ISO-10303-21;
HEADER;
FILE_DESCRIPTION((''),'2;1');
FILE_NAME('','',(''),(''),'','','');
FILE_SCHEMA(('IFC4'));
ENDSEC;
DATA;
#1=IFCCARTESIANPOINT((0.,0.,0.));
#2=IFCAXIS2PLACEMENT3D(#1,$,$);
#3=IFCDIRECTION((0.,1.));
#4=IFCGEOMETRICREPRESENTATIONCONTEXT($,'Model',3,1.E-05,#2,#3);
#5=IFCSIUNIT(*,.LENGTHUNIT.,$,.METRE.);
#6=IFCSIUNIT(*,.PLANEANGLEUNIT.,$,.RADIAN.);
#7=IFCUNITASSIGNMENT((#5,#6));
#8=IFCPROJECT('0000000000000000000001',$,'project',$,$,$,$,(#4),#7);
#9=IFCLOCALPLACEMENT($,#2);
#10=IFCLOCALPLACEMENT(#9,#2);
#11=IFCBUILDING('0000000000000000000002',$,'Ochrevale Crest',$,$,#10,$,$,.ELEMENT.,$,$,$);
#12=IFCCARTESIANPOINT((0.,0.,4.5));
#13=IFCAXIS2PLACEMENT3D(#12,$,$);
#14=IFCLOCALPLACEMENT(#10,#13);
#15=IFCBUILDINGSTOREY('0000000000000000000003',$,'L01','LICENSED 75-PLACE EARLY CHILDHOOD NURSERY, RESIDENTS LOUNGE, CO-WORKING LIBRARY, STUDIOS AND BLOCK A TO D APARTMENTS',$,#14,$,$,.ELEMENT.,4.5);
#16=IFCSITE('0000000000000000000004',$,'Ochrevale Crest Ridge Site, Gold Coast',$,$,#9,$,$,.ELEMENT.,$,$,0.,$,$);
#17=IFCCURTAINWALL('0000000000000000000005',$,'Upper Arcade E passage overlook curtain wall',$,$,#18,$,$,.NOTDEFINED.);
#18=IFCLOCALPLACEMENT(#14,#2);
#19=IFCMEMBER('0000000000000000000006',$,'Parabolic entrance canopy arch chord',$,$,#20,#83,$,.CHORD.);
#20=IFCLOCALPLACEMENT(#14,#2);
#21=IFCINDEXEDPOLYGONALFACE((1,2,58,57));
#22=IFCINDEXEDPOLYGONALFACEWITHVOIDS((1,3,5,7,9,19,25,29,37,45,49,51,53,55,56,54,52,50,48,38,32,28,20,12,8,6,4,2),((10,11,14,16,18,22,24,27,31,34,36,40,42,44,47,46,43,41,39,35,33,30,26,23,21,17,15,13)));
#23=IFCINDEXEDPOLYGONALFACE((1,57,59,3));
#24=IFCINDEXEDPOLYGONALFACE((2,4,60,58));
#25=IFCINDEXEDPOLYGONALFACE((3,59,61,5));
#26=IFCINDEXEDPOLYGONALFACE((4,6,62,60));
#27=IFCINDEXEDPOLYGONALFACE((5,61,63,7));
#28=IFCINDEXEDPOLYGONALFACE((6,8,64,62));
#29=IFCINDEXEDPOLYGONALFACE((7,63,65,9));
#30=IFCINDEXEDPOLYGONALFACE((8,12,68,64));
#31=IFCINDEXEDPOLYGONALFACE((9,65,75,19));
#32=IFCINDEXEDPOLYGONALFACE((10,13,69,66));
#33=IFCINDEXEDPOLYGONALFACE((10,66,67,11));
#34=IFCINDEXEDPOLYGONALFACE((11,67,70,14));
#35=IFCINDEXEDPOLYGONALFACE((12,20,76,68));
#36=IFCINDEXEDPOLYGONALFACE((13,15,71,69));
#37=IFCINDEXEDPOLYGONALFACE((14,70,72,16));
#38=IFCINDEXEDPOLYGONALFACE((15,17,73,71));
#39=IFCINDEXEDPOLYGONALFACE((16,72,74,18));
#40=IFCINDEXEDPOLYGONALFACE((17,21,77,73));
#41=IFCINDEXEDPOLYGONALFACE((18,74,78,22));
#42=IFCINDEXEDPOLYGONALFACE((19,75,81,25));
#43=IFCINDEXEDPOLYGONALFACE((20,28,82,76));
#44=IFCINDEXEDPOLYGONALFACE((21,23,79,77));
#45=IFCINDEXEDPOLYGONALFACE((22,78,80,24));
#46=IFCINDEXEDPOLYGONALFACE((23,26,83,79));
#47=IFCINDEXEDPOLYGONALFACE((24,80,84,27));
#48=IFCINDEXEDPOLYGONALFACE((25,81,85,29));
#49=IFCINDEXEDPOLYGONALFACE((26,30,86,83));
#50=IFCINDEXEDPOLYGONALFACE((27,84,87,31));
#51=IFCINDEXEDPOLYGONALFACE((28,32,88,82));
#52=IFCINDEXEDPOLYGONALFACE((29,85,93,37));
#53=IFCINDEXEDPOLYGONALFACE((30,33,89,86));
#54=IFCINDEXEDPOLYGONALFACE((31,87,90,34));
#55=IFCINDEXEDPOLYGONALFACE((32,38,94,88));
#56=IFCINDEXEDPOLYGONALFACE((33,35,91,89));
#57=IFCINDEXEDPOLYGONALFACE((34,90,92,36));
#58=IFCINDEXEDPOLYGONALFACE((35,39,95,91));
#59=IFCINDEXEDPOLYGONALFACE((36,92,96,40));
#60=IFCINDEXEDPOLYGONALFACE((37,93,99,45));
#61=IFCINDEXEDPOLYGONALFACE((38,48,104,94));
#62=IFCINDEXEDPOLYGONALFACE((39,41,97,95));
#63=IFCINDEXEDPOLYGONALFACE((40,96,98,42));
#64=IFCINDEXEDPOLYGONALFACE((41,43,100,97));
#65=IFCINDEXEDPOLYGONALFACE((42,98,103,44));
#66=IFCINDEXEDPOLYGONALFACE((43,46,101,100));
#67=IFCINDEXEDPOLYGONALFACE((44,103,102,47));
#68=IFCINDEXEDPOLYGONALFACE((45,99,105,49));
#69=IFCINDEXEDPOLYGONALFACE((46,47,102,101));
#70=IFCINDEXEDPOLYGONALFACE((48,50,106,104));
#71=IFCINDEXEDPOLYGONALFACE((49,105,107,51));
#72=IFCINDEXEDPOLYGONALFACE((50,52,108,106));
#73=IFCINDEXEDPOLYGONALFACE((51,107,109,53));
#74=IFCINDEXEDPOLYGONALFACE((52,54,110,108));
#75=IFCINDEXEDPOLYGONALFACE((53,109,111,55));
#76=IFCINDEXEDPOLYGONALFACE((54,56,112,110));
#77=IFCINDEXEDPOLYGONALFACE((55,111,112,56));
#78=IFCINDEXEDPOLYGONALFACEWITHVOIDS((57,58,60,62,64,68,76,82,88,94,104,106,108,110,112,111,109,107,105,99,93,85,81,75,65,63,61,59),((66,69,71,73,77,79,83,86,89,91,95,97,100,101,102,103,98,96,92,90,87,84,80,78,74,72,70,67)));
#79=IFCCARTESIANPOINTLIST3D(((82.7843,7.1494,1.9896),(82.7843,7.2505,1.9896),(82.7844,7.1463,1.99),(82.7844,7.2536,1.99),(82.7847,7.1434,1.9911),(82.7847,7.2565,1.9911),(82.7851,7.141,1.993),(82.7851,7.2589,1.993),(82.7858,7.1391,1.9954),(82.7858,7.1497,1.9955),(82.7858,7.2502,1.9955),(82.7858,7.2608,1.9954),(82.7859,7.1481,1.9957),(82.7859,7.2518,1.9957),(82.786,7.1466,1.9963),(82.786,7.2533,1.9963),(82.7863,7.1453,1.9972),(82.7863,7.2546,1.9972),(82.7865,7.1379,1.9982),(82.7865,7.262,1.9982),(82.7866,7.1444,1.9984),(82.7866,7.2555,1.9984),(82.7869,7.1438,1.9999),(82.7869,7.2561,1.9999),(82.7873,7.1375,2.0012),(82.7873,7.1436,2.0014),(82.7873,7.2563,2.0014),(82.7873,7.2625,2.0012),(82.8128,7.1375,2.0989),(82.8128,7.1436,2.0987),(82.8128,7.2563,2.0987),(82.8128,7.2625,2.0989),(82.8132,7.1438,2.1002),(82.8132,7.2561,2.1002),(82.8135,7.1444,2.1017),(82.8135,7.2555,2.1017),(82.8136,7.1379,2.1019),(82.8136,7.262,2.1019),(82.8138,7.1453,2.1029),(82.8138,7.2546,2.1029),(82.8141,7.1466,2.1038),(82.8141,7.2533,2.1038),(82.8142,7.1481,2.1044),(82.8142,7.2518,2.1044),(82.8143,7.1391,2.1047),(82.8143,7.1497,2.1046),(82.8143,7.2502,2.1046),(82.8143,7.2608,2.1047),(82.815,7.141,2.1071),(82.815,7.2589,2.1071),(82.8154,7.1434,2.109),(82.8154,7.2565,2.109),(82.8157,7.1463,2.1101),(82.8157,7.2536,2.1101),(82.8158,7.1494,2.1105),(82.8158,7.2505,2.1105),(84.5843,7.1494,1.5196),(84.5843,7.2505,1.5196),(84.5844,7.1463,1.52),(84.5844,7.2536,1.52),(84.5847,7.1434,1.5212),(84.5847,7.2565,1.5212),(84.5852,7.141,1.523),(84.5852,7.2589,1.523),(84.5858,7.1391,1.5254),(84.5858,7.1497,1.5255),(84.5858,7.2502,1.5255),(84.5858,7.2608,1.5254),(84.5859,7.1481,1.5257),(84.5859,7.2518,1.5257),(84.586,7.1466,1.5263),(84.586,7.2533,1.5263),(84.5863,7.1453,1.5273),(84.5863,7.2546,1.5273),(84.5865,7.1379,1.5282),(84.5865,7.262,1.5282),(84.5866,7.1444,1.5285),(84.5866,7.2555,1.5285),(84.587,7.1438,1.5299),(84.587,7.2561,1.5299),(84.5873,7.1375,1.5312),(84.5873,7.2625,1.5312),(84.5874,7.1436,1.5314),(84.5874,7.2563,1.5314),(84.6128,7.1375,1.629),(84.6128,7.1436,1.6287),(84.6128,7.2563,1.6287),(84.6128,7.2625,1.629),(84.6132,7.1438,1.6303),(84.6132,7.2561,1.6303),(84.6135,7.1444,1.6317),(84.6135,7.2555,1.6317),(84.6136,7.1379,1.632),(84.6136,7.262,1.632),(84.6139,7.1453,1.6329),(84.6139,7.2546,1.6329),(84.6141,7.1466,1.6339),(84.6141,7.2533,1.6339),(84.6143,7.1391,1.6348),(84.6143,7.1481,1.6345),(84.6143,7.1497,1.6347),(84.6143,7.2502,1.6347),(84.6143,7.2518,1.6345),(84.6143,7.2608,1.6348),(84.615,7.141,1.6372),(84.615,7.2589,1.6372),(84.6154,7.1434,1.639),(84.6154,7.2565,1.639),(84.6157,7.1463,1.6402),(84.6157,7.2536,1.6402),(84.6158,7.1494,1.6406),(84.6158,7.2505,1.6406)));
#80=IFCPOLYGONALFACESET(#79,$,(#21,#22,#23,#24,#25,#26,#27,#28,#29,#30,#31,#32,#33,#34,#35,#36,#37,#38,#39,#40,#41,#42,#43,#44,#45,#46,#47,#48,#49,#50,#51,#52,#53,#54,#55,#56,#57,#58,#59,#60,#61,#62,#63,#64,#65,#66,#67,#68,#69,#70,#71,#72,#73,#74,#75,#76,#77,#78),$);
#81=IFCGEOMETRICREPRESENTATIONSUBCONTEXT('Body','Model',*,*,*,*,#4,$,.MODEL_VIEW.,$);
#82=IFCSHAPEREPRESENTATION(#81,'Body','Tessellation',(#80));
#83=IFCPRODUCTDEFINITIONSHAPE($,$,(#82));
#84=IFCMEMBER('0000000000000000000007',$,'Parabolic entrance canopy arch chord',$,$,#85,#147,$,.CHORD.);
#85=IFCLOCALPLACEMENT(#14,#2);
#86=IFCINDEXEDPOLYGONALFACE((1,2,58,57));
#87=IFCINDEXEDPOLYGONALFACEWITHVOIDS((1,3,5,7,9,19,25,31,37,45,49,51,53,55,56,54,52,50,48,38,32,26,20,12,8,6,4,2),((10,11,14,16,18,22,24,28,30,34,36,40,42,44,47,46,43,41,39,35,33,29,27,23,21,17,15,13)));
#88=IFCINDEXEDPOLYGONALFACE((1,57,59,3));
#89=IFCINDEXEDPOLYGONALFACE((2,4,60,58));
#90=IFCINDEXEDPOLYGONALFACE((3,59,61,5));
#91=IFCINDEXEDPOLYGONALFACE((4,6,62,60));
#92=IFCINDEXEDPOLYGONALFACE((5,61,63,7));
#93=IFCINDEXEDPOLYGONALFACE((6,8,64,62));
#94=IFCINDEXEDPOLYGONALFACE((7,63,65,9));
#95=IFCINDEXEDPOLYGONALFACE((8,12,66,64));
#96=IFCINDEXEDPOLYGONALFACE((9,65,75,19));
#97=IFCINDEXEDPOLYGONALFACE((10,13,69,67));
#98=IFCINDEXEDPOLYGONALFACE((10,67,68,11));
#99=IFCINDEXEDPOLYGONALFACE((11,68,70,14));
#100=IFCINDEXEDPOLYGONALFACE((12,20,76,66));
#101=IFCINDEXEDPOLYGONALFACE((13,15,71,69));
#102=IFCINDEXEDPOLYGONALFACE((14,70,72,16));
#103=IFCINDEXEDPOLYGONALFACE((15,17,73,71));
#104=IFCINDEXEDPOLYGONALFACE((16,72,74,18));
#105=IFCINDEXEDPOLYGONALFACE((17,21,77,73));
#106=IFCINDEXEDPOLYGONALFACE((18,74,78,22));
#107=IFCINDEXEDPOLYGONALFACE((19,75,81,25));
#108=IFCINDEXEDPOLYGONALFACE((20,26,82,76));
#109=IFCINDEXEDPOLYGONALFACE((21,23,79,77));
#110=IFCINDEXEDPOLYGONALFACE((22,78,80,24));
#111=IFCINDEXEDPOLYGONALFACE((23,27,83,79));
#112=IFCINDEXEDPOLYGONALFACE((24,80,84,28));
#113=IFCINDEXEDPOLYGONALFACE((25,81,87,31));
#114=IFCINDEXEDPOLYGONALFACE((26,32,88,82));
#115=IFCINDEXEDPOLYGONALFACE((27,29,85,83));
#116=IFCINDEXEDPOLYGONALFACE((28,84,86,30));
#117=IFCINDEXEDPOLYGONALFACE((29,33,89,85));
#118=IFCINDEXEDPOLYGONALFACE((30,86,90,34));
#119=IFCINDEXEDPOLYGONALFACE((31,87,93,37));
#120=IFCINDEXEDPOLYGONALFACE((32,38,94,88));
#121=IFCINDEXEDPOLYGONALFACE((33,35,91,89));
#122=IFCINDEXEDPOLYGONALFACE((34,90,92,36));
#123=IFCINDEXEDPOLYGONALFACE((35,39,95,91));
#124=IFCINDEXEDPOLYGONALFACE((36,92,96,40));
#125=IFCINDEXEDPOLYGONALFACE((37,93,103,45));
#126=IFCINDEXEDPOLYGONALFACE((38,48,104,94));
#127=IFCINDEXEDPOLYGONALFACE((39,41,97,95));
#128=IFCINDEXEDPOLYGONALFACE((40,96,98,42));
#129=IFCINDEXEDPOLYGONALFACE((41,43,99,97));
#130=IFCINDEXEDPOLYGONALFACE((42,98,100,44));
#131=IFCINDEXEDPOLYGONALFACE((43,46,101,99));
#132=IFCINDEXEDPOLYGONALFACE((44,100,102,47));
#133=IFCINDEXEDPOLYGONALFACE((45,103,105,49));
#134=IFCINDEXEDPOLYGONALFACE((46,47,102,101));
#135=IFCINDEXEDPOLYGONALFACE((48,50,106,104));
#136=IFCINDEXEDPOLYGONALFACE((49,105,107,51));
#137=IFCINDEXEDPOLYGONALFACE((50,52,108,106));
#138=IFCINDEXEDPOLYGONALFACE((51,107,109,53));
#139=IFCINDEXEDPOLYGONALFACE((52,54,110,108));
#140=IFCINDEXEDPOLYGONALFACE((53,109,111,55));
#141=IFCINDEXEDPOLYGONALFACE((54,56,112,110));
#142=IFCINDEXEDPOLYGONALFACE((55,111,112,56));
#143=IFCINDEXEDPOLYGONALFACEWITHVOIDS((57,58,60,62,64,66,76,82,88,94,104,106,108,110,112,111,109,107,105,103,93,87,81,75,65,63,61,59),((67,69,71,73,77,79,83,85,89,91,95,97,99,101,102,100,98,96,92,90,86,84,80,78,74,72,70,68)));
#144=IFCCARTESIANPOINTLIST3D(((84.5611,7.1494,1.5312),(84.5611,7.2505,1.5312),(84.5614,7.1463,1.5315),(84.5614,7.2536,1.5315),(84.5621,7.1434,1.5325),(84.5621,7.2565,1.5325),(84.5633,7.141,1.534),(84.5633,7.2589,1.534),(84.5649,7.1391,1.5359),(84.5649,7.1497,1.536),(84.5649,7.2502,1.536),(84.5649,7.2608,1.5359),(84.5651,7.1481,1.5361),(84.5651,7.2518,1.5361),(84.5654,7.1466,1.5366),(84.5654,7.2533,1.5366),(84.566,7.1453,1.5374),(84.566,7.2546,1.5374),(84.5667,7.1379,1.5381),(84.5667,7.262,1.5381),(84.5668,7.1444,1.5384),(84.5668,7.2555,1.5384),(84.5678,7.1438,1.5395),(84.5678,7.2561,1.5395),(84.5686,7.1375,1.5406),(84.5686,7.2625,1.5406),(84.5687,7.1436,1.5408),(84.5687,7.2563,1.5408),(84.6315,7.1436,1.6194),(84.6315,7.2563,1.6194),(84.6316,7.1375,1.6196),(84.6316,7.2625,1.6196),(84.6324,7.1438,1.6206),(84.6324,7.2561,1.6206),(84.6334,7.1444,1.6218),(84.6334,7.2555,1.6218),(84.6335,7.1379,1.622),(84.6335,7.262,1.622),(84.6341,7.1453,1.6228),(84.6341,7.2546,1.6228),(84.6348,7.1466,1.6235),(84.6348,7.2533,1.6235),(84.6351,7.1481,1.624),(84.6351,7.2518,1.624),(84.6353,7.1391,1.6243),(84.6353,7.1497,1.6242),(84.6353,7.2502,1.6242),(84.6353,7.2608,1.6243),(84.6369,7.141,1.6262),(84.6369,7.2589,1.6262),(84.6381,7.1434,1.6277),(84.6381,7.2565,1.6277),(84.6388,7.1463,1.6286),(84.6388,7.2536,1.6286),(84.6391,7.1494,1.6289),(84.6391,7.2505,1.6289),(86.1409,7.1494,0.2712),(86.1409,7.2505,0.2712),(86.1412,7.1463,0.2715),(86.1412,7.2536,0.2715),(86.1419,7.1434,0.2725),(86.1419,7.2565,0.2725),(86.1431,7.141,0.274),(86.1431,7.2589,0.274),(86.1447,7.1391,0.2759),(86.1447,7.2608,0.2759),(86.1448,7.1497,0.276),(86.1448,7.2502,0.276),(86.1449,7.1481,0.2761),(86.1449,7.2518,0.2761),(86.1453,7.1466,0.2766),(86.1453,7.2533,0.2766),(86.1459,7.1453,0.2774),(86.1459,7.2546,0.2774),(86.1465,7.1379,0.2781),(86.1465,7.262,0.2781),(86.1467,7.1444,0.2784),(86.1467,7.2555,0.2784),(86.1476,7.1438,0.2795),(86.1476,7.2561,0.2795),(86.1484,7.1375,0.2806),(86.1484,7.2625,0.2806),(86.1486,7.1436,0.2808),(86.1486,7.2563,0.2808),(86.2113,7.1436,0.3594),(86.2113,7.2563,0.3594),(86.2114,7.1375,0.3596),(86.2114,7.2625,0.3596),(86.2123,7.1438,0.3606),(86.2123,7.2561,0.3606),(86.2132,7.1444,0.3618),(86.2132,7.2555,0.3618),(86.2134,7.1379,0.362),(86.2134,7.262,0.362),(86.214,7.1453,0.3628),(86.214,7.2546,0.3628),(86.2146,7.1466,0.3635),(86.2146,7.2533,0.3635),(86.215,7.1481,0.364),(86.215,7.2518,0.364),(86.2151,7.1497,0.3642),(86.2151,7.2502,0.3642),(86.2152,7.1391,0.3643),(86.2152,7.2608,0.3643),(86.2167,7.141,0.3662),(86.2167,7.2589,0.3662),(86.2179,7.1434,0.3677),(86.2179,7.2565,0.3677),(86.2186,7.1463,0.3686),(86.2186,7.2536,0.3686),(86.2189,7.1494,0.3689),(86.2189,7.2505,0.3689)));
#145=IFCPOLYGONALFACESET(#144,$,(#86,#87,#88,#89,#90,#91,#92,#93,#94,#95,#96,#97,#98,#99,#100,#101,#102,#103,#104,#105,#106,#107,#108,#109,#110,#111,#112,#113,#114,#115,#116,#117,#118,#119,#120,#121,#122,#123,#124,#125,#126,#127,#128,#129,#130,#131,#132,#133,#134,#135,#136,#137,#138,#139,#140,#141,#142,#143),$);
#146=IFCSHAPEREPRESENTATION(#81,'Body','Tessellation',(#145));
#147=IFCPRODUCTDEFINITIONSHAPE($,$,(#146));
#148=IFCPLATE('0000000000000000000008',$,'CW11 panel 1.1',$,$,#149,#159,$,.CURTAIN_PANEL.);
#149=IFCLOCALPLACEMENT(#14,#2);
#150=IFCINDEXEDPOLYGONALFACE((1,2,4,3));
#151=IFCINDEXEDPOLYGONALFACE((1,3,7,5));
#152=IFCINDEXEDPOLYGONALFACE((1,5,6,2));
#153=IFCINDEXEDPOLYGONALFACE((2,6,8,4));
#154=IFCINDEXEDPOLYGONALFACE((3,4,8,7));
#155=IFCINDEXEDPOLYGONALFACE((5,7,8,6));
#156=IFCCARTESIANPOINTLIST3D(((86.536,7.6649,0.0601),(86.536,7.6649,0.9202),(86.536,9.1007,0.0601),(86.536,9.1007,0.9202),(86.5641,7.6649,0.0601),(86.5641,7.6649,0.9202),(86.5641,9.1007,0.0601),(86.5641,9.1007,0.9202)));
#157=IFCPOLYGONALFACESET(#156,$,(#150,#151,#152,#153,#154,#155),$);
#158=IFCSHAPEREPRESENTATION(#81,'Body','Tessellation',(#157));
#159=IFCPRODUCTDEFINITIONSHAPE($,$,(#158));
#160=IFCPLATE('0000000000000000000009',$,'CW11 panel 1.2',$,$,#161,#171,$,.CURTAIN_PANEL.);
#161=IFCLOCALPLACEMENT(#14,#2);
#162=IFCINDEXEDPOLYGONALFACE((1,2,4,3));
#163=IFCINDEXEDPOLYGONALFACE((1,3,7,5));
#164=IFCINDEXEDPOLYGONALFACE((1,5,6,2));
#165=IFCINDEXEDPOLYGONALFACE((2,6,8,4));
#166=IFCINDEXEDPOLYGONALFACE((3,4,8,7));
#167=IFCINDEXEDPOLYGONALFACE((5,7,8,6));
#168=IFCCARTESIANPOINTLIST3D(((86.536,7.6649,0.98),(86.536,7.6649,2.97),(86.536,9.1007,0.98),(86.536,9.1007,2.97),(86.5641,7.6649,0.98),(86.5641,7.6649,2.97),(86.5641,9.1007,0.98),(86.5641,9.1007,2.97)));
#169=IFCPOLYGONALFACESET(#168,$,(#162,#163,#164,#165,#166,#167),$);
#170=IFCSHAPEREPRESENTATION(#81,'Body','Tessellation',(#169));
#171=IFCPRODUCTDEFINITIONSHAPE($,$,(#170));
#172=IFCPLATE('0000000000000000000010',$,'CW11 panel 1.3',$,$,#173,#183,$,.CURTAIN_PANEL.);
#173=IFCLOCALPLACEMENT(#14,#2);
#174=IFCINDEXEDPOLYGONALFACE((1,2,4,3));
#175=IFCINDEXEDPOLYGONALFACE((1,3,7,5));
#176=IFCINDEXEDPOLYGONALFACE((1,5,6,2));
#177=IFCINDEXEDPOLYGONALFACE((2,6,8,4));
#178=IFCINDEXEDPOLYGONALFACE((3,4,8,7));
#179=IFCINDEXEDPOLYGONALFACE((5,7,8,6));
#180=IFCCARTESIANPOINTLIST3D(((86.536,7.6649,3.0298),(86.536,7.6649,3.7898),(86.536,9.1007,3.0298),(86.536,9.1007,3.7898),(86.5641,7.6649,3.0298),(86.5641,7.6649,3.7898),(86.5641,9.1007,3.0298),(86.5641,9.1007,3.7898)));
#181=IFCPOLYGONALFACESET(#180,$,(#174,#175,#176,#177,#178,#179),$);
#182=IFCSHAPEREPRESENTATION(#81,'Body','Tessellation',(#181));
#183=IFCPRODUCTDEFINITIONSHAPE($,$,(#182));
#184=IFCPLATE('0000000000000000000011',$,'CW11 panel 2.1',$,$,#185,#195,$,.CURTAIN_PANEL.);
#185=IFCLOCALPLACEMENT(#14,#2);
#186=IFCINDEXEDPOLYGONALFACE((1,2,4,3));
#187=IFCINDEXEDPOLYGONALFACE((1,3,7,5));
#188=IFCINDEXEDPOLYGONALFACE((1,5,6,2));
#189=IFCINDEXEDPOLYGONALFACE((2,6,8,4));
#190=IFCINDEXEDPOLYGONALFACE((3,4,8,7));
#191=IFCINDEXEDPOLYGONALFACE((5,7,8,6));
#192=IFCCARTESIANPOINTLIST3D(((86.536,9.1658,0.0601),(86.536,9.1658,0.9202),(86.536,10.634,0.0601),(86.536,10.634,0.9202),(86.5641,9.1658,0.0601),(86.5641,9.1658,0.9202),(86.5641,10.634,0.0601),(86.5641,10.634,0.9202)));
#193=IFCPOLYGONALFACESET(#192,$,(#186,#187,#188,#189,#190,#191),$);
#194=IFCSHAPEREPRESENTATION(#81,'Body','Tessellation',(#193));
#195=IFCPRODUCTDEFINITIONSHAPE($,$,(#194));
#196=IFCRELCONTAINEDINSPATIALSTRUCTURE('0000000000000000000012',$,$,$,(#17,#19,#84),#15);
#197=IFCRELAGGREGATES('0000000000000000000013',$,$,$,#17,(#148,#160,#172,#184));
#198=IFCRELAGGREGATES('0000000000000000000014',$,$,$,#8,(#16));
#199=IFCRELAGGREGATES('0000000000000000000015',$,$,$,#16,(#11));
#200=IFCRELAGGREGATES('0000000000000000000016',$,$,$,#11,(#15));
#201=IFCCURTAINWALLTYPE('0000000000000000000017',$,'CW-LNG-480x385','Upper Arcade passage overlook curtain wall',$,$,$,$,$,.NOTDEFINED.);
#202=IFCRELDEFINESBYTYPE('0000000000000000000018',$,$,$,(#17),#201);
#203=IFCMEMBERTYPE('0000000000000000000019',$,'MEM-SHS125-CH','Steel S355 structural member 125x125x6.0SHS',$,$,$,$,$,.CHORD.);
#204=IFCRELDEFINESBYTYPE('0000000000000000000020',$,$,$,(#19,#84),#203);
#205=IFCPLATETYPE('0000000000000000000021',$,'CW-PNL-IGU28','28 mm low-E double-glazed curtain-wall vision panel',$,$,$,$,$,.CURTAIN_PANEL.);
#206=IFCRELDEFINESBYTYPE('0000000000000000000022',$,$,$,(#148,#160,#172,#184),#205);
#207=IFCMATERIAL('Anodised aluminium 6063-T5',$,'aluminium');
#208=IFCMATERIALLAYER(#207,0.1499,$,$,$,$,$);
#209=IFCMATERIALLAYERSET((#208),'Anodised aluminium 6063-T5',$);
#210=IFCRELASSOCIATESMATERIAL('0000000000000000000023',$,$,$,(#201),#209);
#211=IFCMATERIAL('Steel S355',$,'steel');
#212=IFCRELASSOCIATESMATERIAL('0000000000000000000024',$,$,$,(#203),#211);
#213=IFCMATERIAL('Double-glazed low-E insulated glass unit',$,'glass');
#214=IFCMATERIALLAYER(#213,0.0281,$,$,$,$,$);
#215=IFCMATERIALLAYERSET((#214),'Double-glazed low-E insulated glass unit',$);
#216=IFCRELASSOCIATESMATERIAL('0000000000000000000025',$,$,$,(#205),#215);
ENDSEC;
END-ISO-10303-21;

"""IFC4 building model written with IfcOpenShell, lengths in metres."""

from ifc_helpers import new_model, si_unit, direction, frame, origin, origin_2d, place, context, subcontext, project, spatial, rectangle, hollow_rectangle, extrude, material, layer, layer_set, material_profile, profile_set, type_object, element, aggregate, save


model = new_model("IFC4")

# Units and contexts
model_context = context("Model", 3, precision=1e-05, world=origin(), true_north=direction((0.0, 1.0)))
body_context = subcontext(model_context, "Body", "Model", "MODEL_VIEW")
ifc_project = project(units=[si_unit("LENGTHUNIT", "METRE"), si_unit("PLANEANGLEUNIT", "RADIAN")], contexts=[model_context])

# Site, building, storey
site_placement = place(None, origin())
site = spatial("IfcSite", under=ifc_project, at=site_placement, Name="Ochrevale Crest Ridge Site, Gold Coast", CompositionType="ELEMENT", RefElevation=0.0)
building_placement = place(site_placement, origin())
building = spatial("IfcBuilding", under=site, at=building_placement, Name="Ochrevale Crest", CompositionType="ELEMENT")
storey_placement = place(building_placement, frame((0.0, 0.0, 4.5)))
storey = spatial("IfcBuildingStorey", under=building, at=storey_placement, Name="L01", Description="LICENSED 75-PLACE EARLY CHILDHOOD NURSERY, RESIDENTS LOUNGE, CO-WORKING LIBRARY, STUDIOS AND BLOCK A TO D APARTMENTS", CompositionType="ELEMENT", Elevation=4.5)

# Shared definitions
ifc_material_1 = material(Name="Steel S355", Category="steel")

# Curtain wall
ifc_material_2 = material(Name="Anodised aluminium 6063-T5", Category="aluminium")
ifc_layer_1 = layer(ifc_material_2, 0.1499)
ifc_layer_set_1 = layer_set([ifc_layer_1], Name="Anodised aluminium 6063-T5")
curtain_wall_type = type_object("IfcCurtainWallType", Name="CW-LNG-480x385", Description="Upper Arcade passage overlook curtain wall", PredefinedType="NOTDEFINED", material=ifc_layer_set_1)
curtain_wall_placement = place(storey_placement, origin())
curtain_wall = element("IfcCurtainWall", 1, at=curtain_wall_placement, inside=storey, type_object=curtain_wall_type, Name="Upper Arcade E passage overlook curtain wall", PredefinedType="NOTDEFINED")

# Members
ifc_material_profile_1 = material_profile(ifc_material_1, hollow_rectangle(XDim=0.125, YDim=0.125, WallThickness=0.0061, InnerFilletRadius=0.0061, OuterFilletRadius=0.012, at=origin_2d()), Name="125x125x6.0SHS")
ifc_profile_set_1 = profile_set([ifc_material_profile_1], Name="Steel S355")
member_type_1 = type_object("IfcMemberType", Name="MEM-SHS125-CH", Description="Steel S355 structural member 125x125x6.0SHS", PredefinedType="CHORD", material=ifc_profile_set_1)
member_1_placement = place(storey_placement, frame((82.8, 7.2, 2.05), z_axis=(0.967566, 0.0, -0.25262), x_axis=(0.0, 1.0, 0.0)))
element("IfcMember", 2, at=member_1_placement, inside=storey, type_object=member_type_1, Name="Parabolic entrance canopy arch chord", PredefinedType="CHORD", context=body_context, shape_type="SweptSolid", body=[
    extrude(hollow_rectangle(XDim=0.125, YDim=0.125, WallThickness=0.0061, InnerFilletRadius=0.0061, OuterFilletRadius=0.012, at=origin_2d()), origin(), (0.0, 0.0, 1.0), 1.8604),
])
member_2_placement = place(storey_placement, frame((84.6001, 7.2, 1.5801), z_axis=(0.781799, 0.0, -0.62353), x_axis=(0.0, 1.0, 0.0)))
element("IfcMember", 3, at=member_2_placement, inside=storey, type_object=member_type_1, Name="Parabolic entrance canopy arch chord", PredefinedType="CHORD", context=body_context, shape_type="SweptSolid", body=[
    extrude(hollow_rectangle(XDim=0.125, YDim=0.125, WallThickness=0.0061, InnerFilletRadius=0.0061, OuterFilletRadius=0.012, at=origin_2d()), origin(), (0.0, 0.0, 1.0), 2.0208),
])

# Plates
ifc_material_3 = material(Name="Double-glazed low-E insulated glass unit", Category="glass")
ifc_layer_2 = layer(ifc_material_3, 0.0281)
ifc_layer_set_2 = layer_set([ifc_layer_2], Name="Double-glazed low-E insulated glass unit")
plate_type_1 = type_object("IfcPlateType", Name="CW-PNL-IGU28", Description="28 mm low-E double-glazed curtain-wall vision panel", PredefinedType="CURTAIN_PANEL", material=ifc_layer_set_2)
plate_1_placement = place(storey_placement, frame((86.55, 8.3828, 0.0601), z_axis=(0.0, 0.0, 1.0), x_axis=(0.0, 1.0, 0.0)))
plate_1 = element("IfcPlate", 4, at=plate_1_placement, type_object=plate_type_1, Name="CW11 panel 1.1", PredefinedType="CURTAIN_PANEL", context=body_context, shape_type="SweptSolid", body=[
    extrude(rectangle(XDim=1.4358, YDim=0.0281, at=origin_2d()), origin(), (0.0, 0.0, 1.0), 0.8601),
])
plate_2_placement = place(storey_placement, frame((86.55, 8.3828, 0.98), z_axis=(0.0, 0.0, 1.0), x_axis=(0.0, 1.0, 0.0)))
plate_2 = element("IfcPlate", 5, at=plate_2_placement, type_object=plate_type_1, Name="CW11 panel 1.2", PredefinedType="CURTAIN_PANEL", context=body_context, shape_type="SweptSolid", body=[
    extrude(rectangle(XDim=1.4358, YDim=0.0281, at=origin_2d()), origin(), (0.0, 0.0, 1.0), 1.99),
])
plate_3_placement = place(storey_placement, frame((86.55, 8.3828, 3.0298), z_axis=(0.0, 0.0, 1.0), x_axis=(0.0, 1.0, 0.0)))
plate_3 = element("IfcPlate", 6, at=plate_3_placement, type_object=plate_type_1, Name="CW11 panel 1.3", PredefinedType="CURTAIN_PANEL", context=body_context, shape_type="SweptSolid", body=[
    extrude(rectangle(XDim=1.4358, YDim=0.0281, at=origin_2d()), origin(), (0.0, 0.0, 1.0), 0.76),
])
plate_4_placement = place(storey_placement, frame((86.55, 9.8999, 0.0601), z_axis=(0.0, 0.0, 1.0), x_axis=(0.0, 1.0, 0.0)))
plate_4 = element("IfcPlate", 7, at=plate_4_placement, type_object=plate_type_1, Name="CW11 panel 2.1", PredefinedType="CURTAIN_PANEL", context=body_context, shape_type="SweptSolid", body=[
    extrude(rectangle(XDim=1.4683, YDim=0.0281, at=origin_2d()), origin(), (0.0, 0.0, 1.0), 0.8601),
])
aggregate(curtain_wall, [plate_1, plate_2, plate_3, plate_4])

save(model, "model.ifc")
